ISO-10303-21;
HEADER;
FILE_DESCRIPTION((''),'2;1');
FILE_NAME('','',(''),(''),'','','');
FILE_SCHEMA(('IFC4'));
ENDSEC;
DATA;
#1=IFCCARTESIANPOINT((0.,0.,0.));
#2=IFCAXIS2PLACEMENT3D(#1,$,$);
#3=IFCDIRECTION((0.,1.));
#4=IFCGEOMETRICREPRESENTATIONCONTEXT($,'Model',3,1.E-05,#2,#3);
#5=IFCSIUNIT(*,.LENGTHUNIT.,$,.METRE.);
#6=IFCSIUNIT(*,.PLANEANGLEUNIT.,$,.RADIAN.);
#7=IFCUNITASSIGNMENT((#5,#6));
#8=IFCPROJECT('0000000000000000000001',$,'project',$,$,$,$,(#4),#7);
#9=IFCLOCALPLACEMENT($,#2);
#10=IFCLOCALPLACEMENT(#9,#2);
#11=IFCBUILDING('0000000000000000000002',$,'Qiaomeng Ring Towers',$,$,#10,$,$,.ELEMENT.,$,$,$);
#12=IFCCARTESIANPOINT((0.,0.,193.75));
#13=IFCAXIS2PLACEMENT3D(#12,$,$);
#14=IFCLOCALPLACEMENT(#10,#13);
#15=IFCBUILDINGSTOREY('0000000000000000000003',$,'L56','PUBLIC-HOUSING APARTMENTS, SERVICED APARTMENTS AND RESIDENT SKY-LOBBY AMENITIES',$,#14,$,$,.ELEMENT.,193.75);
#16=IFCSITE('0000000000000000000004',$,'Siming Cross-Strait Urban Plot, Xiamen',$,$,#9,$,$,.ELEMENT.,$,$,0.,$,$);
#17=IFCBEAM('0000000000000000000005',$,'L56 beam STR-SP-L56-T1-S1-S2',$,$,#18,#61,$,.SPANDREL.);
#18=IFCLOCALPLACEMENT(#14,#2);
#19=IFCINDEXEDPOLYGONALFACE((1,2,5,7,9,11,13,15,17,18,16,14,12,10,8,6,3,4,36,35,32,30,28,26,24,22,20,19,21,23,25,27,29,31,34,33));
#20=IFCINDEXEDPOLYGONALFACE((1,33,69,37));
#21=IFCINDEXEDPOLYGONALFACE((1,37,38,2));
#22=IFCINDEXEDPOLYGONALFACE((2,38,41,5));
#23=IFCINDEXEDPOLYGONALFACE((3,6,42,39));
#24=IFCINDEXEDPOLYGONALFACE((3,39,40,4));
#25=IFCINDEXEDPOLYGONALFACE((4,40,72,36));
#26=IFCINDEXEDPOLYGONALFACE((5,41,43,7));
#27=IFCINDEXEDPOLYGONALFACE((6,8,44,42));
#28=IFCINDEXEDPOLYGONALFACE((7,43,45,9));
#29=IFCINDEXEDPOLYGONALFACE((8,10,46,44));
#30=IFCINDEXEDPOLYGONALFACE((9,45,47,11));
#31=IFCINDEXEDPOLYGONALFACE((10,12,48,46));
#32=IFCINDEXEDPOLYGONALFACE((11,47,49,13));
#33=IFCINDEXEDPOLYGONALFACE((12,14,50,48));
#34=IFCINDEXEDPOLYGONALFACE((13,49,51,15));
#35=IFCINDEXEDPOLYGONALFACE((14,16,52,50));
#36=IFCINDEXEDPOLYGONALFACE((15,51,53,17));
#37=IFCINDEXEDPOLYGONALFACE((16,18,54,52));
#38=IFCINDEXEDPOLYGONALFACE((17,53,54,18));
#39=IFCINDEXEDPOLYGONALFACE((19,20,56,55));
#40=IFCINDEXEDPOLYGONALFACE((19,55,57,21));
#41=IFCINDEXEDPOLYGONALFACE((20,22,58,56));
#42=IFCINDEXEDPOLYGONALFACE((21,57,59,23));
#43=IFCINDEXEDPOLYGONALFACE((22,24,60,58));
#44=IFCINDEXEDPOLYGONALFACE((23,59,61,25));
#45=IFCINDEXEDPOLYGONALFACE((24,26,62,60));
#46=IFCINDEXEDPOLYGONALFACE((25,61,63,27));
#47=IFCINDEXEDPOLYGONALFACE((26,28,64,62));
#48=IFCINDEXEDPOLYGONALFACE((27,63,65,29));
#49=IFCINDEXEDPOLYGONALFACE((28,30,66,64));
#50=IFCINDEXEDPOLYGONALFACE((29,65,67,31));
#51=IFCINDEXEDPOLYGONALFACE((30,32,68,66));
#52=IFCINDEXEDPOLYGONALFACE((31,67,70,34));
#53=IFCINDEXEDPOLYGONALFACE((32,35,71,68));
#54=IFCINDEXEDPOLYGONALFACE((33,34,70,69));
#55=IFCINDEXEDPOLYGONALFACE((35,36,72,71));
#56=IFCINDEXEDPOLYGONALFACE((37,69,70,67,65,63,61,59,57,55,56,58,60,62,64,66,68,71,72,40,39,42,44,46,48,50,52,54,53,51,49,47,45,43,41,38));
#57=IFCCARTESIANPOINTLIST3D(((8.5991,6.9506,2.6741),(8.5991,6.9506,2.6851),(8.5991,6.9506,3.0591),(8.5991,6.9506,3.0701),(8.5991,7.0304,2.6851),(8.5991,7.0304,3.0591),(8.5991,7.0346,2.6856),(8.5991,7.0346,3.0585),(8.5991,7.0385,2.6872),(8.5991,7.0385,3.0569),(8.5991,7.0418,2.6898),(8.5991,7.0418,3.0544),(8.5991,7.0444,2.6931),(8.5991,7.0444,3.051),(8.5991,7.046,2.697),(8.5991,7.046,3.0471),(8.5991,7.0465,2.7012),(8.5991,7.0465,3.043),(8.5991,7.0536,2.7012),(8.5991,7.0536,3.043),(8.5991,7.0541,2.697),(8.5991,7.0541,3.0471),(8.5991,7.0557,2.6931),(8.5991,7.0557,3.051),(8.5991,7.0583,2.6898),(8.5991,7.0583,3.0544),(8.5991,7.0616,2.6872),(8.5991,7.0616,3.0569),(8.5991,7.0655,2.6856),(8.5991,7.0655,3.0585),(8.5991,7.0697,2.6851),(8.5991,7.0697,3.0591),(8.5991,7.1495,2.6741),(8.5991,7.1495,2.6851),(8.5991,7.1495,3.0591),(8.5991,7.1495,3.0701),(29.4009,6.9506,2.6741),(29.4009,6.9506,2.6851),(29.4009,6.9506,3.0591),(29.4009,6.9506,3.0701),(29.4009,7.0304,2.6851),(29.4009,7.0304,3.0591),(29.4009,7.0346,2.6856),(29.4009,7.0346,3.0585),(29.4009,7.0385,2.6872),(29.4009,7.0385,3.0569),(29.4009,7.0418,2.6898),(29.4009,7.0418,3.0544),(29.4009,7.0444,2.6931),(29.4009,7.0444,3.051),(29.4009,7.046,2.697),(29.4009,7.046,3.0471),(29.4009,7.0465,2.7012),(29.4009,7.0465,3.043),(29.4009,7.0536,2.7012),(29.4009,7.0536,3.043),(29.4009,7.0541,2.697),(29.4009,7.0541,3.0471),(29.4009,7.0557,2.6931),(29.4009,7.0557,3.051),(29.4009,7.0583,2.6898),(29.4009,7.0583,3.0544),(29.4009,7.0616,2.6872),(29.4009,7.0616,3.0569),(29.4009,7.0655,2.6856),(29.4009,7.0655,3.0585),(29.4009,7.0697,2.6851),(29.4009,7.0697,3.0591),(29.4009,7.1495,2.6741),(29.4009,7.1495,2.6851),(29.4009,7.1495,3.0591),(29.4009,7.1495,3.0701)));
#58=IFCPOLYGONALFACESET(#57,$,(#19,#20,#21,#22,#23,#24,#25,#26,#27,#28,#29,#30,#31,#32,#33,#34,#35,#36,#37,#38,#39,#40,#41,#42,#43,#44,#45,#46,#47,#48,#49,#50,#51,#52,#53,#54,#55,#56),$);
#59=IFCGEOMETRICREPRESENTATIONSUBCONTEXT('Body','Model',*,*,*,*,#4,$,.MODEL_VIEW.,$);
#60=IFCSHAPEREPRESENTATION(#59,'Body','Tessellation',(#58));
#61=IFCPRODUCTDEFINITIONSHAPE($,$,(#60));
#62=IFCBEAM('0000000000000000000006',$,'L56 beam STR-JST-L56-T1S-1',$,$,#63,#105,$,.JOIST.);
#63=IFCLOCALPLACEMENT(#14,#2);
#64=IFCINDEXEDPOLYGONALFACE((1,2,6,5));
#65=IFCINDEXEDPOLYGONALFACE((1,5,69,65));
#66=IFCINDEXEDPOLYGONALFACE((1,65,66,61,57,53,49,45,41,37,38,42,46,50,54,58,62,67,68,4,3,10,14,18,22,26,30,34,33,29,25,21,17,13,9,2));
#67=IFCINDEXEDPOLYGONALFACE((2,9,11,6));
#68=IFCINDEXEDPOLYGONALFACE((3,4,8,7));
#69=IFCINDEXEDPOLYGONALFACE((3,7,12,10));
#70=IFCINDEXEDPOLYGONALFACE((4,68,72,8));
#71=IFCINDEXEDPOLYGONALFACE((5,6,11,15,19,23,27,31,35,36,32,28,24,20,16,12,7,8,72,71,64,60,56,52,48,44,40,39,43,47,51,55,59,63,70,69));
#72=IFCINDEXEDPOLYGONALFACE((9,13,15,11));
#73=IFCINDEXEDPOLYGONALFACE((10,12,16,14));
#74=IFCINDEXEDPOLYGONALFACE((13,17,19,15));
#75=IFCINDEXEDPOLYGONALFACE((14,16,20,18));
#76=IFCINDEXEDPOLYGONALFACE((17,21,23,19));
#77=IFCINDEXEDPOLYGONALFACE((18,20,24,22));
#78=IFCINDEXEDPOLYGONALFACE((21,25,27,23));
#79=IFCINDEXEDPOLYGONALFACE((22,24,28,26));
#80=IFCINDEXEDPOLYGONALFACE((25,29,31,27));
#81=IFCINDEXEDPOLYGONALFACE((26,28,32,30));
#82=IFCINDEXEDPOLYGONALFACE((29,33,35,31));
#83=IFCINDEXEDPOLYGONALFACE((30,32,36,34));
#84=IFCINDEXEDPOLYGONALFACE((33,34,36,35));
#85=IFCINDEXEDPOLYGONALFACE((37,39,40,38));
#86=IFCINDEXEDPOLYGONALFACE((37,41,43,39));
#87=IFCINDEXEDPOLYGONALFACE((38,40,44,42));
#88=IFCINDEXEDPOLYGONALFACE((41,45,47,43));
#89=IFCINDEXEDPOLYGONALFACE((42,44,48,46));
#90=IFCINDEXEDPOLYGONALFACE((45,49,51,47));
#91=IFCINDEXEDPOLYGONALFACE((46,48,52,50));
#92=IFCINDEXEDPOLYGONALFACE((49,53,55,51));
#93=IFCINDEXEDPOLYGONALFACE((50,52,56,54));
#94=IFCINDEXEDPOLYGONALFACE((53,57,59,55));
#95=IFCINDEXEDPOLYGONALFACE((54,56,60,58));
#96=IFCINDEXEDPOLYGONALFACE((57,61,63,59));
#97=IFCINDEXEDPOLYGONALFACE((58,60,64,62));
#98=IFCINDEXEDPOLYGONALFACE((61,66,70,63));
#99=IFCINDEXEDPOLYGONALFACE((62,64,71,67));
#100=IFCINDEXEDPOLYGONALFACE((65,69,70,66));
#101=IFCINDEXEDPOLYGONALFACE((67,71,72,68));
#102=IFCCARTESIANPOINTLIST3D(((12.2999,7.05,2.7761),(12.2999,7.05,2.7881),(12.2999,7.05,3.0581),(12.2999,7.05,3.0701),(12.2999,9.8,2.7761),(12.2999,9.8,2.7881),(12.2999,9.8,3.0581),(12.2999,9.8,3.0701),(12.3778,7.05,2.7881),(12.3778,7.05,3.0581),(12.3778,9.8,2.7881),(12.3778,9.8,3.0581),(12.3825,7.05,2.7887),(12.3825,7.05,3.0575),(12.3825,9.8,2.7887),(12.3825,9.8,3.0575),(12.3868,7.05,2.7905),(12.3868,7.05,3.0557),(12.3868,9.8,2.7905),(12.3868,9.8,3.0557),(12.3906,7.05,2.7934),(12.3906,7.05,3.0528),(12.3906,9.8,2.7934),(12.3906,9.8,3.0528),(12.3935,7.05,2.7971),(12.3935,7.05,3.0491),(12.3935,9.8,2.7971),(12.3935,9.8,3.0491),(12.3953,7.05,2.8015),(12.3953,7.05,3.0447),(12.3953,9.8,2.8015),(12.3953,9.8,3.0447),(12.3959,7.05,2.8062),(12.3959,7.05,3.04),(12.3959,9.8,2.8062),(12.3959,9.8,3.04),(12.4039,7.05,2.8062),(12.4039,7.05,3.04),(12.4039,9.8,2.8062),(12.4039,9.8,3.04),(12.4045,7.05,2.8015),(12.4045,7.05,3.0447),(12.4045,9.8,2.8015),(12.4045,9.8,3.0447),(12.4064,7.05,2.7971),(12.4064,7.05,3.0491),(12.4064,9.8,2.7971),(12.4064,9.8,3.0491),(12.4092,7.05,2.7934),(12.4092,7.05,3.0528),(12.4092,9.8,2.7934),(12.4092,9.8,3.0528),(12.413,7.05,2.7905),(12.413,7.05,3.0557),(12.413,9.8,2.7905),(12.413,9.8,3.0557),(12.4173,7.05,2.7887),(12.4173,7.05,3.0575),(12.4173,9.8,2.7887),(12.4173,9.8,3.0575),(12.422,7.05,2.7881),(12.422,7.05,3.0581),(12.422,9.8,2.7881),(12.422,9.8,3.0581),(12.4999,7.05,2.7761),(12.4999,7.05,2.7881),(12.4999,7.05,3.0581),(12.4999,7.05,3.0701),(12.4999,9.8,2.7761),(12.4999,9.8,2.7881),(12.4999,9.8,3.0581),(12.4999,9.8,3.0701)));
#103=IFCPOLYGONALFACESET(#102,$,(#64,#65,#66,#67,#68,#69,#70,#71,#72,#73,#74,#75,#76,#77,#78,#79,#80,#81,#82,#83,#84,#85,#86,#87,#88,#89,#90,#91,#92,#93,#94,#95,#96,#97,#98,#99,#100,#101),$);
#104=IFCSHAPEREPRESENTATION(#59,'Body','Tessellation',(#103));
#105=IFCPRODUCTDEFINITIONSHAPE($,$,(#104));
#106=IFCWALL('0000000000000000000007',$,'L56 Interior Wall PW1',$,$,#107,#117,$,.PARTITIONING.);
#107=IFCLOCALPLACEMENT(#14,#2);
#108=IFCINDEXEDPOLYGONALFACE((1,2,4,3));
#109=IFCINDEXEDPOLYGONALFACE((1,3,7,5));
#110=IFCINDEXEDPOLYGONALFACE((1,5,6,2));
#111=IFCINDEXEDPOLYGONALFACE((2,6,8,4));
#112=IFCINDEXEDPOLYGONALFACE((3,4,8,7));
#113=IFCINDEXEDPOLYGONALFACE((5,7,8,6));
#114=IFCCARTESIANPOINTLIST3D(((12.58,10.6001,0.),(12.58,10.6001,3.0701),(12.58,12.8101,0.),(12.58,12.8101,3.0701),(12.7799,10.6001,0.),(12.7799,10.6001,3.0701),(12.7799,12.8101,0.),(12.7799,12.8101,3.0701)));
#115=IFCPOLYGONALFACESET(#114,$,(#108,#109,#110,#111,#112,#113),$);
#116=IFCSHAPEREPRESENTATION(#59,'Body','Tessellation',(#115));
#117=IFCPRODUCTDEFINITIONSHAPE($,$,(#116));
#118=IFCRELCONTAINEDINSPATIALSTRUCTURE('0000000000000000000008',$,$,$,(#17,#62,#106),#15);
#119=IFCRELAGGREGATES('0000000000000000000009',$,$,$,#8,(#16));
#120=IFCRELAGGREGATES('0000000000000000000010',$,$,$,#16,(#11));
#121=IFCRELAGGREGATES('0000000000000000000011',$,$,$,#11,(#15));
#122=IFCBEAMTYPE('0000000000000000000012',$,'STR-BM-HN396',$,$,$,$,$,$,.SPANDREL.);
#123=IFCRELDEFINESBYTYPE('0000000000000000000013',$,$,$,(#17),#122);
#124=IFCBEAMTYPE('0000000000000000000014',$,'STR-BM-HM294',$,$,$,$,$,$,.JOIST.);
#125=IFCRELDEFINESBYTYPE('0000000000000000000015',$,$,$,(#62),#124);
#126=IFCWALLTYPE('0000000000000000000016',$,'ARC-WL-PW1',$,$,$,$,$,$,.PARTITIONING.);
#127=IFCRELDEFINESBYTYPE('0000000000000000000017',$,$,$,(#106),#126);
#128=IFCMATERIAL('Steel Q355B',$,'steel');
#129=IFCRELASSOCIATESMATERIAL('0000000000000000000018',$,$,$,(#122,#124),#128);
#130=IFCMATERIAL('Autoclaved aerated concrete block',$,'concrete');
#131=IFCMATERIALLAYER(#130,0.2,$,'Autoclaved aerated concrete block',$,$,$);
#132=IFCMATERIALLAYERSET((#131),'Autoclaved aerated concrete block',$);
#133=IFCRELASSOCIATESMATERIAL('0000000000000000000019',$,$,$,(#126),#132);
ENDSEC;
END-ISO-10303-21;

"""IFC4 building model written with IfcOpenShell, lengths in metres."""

from ifc_helpers import new_model, si_unit, direction, frame, frame_2d, origin, origin_2d, place, context, subcontext, project, spatial, rectangle, i_section, extrude, source, transform, mapped, material, layer, layer_set, material_profile, profile_set, type_object, element, save


model = new_model("IFC4")

# Units and contexts
model_context = context("Model", 3, precision=1e-05, world=origin(), true_north=direction((0.0, 1.0)))
body_context = subcontext(model_context, "Body", "Model", "MODEL_VIEW")
ifc_project = project(units=[si_unit("LENGTHUNIT", "METRE"), si_unit("PLANEANGLEUNIT", "RADIAN")], contexts=[model_context])

# Site, building, storey
site_placement = place(None, origin())
site = spatial("IfcSite", under=ifc_project, at=site_placement, Name="Siming Cross-Strait Urban Plot, Xiamen", CompositionType="ELEMENT", RefElevation=0.0)
building_placement = place(site_placement, origin())
building = spatial("IfcBuilding", under=site, at=building_placement, Name="Qiaomeng Ring Towers", CompositionType="ELEMENT")
storey_placement = place(building_placement, frame((0.0, 0.0, 193.75)))
storey = spatial("IfcBuildingStorey", under=building, at=storey_placement, Name="L56", Description="PUBLIC-HOUSING APARTMENTS, SERVICED APARTMENTS AND RESIDENT SKY-LOBBY AMENITIES", CompositionType="ELEMENT", Elevation=193.75)

# Beams
ifc_material_1 = material(Name="Steel Q355B", Category="steel")
ifc_material_profile_1 = material_profile(ifc_material_1, i_section(OverallWidth=0.199, OverallDepth=0.396, WebThickness=0.0071, FlangeThickness=0.011, FilletRadius=0.0161, at=origin_2d()), Name="HN 396x199x7x11")
ifc_profile_set_1 = profile_set([ifc_material_profile_1], Name="Steel Q355B")
beam_type_1 = type_object("IfcBeamType", Name="STR-BM-HN396", PredefinedType="SPANDREL", material=ifc_profile_set_1)
shared_shape_1 = source(origin(), body_context, "Body", "SweptSolid", [
    extrude(i_section(OverallWidth=0.199, OverallDepth=0.396, WebThickness=0.0071, FlangeThickness=0.011, FilletRadius=0.0161, at=origin_2d()), origin(), (0.0, 0.0, 1.0), 20.8018),
])
beam_1_placement = place(storey_placement, frame((8.5991, 7.05, 2.8721), z_axis=(1.0, 0.0, 0.0), x_axis=(0.0, 1.0, 0.0)))
element("IfcBeam", 1, at=beam_1_placement, inside=storey, type_object=beam_type_1, Name="L56 beam STR-SP-L56-T1-S1-S2", PredefinedType="SPANDREL", context=body_context, shape_type="MappedRepresentation", body=[
    mapped(shared_shape_1, transform((0.0, 0.0, 0.0), x_axis=(1.0, 0.0, 0.0), y_axis=(0.0, 1.0, 0.0), z_axis=(0.0, 0.0, 1.0), scale=1.0)),
])
ifc_material_profile_2 = material_profile(ifc_material_1, i_section(OverallWidth=0.2, OverallDepth=0.2939, WebThickness=0.0081, FlangeThickness=0.012, FilletRadius=0.0181, at=origin_2d()), Name="HM 294x200x8x12")
ifc_profile_set_2 = profile_set([ifc_material_profile_2], Name="Steel Q355B")
beam_type_2 = type_object("IfcBeamType", Name="STR-BM-HM294", PredefinedType="JOIST", material=ifc_profile_set_2)
shared_shape_2 = source(origin(), body_context, "Body", "SweptSolid", [
    extrude(i_section(OverallWidth=0.2, OverallDepth=0.2939, WebThickness=0.0081, FlangeThickness=0.012, FilletRadius=0.0181, at=origin_2d()), origin(), (0.0, 0.0, 1.0), 2.75),
])
beam_2_placement = place(storey_placement, frame((12.3999, 7.05, 2.9231), z_axis=(0.0, 1.0, 0.0), x_axis=(-1.0, 0.0, 0.0)))
element("IfcBeam", 2, at=beam_2_placement, inside=storey, type_object=beam_type_2, Name="L56 beam STR-JST-L56-T1S-1", PredefinedType="JOIST", context=body_context, shape_type="MappedRepresentation", body=[
    mapped(shared_shape_2, transform((0.0, 0.0, 0.0), x_axis=(1.0, 0.0, 0.0), y_axis=(0.0, 1.0, 0.0), z_axis=(0.0, 0.0, 1.0), scale=1.0)),
])

# Wall
ifc_material_2 = material(Name="Autoclaved aerated concrete block", Category="concrete")
ifc_layer_1 = layer(ifc_material_2, 0.2, Name="Autoclaved aerated concrete block")
ifc_layer_set_1 = layer_set([ifc_layer_1], Name="Autoclaved aerated concrete block")
wall_type_1 = type_object("IfcWallType", Name="ARC-WL-PW1", PredefinedType="PARTITIONING", material=ifc_layer_set_1)
wall_1_placement = place(storey_placement, frame((12.6799, 10.6001, 0.0), z_axis=(0.0, 0.0, 1.0), x_axis=(0.0, 1.0, 0.0)))
element("IfcWall", 3, at=wall_1_placement, inside=storey, type_object=wall_type_1, Name="L56 Interior Wall PW1", PredefinedType="PARTITIONING", context=body_context, shape_type="SweptSolid", body=[
    extrude(rectangle(XDim=2.21, YDim=0.2, at=frame_2d((1.105, 0.0))), origin(), (0.0, 0.0, 1.0), 3.0701),
])

save(model, "model.ifc")
